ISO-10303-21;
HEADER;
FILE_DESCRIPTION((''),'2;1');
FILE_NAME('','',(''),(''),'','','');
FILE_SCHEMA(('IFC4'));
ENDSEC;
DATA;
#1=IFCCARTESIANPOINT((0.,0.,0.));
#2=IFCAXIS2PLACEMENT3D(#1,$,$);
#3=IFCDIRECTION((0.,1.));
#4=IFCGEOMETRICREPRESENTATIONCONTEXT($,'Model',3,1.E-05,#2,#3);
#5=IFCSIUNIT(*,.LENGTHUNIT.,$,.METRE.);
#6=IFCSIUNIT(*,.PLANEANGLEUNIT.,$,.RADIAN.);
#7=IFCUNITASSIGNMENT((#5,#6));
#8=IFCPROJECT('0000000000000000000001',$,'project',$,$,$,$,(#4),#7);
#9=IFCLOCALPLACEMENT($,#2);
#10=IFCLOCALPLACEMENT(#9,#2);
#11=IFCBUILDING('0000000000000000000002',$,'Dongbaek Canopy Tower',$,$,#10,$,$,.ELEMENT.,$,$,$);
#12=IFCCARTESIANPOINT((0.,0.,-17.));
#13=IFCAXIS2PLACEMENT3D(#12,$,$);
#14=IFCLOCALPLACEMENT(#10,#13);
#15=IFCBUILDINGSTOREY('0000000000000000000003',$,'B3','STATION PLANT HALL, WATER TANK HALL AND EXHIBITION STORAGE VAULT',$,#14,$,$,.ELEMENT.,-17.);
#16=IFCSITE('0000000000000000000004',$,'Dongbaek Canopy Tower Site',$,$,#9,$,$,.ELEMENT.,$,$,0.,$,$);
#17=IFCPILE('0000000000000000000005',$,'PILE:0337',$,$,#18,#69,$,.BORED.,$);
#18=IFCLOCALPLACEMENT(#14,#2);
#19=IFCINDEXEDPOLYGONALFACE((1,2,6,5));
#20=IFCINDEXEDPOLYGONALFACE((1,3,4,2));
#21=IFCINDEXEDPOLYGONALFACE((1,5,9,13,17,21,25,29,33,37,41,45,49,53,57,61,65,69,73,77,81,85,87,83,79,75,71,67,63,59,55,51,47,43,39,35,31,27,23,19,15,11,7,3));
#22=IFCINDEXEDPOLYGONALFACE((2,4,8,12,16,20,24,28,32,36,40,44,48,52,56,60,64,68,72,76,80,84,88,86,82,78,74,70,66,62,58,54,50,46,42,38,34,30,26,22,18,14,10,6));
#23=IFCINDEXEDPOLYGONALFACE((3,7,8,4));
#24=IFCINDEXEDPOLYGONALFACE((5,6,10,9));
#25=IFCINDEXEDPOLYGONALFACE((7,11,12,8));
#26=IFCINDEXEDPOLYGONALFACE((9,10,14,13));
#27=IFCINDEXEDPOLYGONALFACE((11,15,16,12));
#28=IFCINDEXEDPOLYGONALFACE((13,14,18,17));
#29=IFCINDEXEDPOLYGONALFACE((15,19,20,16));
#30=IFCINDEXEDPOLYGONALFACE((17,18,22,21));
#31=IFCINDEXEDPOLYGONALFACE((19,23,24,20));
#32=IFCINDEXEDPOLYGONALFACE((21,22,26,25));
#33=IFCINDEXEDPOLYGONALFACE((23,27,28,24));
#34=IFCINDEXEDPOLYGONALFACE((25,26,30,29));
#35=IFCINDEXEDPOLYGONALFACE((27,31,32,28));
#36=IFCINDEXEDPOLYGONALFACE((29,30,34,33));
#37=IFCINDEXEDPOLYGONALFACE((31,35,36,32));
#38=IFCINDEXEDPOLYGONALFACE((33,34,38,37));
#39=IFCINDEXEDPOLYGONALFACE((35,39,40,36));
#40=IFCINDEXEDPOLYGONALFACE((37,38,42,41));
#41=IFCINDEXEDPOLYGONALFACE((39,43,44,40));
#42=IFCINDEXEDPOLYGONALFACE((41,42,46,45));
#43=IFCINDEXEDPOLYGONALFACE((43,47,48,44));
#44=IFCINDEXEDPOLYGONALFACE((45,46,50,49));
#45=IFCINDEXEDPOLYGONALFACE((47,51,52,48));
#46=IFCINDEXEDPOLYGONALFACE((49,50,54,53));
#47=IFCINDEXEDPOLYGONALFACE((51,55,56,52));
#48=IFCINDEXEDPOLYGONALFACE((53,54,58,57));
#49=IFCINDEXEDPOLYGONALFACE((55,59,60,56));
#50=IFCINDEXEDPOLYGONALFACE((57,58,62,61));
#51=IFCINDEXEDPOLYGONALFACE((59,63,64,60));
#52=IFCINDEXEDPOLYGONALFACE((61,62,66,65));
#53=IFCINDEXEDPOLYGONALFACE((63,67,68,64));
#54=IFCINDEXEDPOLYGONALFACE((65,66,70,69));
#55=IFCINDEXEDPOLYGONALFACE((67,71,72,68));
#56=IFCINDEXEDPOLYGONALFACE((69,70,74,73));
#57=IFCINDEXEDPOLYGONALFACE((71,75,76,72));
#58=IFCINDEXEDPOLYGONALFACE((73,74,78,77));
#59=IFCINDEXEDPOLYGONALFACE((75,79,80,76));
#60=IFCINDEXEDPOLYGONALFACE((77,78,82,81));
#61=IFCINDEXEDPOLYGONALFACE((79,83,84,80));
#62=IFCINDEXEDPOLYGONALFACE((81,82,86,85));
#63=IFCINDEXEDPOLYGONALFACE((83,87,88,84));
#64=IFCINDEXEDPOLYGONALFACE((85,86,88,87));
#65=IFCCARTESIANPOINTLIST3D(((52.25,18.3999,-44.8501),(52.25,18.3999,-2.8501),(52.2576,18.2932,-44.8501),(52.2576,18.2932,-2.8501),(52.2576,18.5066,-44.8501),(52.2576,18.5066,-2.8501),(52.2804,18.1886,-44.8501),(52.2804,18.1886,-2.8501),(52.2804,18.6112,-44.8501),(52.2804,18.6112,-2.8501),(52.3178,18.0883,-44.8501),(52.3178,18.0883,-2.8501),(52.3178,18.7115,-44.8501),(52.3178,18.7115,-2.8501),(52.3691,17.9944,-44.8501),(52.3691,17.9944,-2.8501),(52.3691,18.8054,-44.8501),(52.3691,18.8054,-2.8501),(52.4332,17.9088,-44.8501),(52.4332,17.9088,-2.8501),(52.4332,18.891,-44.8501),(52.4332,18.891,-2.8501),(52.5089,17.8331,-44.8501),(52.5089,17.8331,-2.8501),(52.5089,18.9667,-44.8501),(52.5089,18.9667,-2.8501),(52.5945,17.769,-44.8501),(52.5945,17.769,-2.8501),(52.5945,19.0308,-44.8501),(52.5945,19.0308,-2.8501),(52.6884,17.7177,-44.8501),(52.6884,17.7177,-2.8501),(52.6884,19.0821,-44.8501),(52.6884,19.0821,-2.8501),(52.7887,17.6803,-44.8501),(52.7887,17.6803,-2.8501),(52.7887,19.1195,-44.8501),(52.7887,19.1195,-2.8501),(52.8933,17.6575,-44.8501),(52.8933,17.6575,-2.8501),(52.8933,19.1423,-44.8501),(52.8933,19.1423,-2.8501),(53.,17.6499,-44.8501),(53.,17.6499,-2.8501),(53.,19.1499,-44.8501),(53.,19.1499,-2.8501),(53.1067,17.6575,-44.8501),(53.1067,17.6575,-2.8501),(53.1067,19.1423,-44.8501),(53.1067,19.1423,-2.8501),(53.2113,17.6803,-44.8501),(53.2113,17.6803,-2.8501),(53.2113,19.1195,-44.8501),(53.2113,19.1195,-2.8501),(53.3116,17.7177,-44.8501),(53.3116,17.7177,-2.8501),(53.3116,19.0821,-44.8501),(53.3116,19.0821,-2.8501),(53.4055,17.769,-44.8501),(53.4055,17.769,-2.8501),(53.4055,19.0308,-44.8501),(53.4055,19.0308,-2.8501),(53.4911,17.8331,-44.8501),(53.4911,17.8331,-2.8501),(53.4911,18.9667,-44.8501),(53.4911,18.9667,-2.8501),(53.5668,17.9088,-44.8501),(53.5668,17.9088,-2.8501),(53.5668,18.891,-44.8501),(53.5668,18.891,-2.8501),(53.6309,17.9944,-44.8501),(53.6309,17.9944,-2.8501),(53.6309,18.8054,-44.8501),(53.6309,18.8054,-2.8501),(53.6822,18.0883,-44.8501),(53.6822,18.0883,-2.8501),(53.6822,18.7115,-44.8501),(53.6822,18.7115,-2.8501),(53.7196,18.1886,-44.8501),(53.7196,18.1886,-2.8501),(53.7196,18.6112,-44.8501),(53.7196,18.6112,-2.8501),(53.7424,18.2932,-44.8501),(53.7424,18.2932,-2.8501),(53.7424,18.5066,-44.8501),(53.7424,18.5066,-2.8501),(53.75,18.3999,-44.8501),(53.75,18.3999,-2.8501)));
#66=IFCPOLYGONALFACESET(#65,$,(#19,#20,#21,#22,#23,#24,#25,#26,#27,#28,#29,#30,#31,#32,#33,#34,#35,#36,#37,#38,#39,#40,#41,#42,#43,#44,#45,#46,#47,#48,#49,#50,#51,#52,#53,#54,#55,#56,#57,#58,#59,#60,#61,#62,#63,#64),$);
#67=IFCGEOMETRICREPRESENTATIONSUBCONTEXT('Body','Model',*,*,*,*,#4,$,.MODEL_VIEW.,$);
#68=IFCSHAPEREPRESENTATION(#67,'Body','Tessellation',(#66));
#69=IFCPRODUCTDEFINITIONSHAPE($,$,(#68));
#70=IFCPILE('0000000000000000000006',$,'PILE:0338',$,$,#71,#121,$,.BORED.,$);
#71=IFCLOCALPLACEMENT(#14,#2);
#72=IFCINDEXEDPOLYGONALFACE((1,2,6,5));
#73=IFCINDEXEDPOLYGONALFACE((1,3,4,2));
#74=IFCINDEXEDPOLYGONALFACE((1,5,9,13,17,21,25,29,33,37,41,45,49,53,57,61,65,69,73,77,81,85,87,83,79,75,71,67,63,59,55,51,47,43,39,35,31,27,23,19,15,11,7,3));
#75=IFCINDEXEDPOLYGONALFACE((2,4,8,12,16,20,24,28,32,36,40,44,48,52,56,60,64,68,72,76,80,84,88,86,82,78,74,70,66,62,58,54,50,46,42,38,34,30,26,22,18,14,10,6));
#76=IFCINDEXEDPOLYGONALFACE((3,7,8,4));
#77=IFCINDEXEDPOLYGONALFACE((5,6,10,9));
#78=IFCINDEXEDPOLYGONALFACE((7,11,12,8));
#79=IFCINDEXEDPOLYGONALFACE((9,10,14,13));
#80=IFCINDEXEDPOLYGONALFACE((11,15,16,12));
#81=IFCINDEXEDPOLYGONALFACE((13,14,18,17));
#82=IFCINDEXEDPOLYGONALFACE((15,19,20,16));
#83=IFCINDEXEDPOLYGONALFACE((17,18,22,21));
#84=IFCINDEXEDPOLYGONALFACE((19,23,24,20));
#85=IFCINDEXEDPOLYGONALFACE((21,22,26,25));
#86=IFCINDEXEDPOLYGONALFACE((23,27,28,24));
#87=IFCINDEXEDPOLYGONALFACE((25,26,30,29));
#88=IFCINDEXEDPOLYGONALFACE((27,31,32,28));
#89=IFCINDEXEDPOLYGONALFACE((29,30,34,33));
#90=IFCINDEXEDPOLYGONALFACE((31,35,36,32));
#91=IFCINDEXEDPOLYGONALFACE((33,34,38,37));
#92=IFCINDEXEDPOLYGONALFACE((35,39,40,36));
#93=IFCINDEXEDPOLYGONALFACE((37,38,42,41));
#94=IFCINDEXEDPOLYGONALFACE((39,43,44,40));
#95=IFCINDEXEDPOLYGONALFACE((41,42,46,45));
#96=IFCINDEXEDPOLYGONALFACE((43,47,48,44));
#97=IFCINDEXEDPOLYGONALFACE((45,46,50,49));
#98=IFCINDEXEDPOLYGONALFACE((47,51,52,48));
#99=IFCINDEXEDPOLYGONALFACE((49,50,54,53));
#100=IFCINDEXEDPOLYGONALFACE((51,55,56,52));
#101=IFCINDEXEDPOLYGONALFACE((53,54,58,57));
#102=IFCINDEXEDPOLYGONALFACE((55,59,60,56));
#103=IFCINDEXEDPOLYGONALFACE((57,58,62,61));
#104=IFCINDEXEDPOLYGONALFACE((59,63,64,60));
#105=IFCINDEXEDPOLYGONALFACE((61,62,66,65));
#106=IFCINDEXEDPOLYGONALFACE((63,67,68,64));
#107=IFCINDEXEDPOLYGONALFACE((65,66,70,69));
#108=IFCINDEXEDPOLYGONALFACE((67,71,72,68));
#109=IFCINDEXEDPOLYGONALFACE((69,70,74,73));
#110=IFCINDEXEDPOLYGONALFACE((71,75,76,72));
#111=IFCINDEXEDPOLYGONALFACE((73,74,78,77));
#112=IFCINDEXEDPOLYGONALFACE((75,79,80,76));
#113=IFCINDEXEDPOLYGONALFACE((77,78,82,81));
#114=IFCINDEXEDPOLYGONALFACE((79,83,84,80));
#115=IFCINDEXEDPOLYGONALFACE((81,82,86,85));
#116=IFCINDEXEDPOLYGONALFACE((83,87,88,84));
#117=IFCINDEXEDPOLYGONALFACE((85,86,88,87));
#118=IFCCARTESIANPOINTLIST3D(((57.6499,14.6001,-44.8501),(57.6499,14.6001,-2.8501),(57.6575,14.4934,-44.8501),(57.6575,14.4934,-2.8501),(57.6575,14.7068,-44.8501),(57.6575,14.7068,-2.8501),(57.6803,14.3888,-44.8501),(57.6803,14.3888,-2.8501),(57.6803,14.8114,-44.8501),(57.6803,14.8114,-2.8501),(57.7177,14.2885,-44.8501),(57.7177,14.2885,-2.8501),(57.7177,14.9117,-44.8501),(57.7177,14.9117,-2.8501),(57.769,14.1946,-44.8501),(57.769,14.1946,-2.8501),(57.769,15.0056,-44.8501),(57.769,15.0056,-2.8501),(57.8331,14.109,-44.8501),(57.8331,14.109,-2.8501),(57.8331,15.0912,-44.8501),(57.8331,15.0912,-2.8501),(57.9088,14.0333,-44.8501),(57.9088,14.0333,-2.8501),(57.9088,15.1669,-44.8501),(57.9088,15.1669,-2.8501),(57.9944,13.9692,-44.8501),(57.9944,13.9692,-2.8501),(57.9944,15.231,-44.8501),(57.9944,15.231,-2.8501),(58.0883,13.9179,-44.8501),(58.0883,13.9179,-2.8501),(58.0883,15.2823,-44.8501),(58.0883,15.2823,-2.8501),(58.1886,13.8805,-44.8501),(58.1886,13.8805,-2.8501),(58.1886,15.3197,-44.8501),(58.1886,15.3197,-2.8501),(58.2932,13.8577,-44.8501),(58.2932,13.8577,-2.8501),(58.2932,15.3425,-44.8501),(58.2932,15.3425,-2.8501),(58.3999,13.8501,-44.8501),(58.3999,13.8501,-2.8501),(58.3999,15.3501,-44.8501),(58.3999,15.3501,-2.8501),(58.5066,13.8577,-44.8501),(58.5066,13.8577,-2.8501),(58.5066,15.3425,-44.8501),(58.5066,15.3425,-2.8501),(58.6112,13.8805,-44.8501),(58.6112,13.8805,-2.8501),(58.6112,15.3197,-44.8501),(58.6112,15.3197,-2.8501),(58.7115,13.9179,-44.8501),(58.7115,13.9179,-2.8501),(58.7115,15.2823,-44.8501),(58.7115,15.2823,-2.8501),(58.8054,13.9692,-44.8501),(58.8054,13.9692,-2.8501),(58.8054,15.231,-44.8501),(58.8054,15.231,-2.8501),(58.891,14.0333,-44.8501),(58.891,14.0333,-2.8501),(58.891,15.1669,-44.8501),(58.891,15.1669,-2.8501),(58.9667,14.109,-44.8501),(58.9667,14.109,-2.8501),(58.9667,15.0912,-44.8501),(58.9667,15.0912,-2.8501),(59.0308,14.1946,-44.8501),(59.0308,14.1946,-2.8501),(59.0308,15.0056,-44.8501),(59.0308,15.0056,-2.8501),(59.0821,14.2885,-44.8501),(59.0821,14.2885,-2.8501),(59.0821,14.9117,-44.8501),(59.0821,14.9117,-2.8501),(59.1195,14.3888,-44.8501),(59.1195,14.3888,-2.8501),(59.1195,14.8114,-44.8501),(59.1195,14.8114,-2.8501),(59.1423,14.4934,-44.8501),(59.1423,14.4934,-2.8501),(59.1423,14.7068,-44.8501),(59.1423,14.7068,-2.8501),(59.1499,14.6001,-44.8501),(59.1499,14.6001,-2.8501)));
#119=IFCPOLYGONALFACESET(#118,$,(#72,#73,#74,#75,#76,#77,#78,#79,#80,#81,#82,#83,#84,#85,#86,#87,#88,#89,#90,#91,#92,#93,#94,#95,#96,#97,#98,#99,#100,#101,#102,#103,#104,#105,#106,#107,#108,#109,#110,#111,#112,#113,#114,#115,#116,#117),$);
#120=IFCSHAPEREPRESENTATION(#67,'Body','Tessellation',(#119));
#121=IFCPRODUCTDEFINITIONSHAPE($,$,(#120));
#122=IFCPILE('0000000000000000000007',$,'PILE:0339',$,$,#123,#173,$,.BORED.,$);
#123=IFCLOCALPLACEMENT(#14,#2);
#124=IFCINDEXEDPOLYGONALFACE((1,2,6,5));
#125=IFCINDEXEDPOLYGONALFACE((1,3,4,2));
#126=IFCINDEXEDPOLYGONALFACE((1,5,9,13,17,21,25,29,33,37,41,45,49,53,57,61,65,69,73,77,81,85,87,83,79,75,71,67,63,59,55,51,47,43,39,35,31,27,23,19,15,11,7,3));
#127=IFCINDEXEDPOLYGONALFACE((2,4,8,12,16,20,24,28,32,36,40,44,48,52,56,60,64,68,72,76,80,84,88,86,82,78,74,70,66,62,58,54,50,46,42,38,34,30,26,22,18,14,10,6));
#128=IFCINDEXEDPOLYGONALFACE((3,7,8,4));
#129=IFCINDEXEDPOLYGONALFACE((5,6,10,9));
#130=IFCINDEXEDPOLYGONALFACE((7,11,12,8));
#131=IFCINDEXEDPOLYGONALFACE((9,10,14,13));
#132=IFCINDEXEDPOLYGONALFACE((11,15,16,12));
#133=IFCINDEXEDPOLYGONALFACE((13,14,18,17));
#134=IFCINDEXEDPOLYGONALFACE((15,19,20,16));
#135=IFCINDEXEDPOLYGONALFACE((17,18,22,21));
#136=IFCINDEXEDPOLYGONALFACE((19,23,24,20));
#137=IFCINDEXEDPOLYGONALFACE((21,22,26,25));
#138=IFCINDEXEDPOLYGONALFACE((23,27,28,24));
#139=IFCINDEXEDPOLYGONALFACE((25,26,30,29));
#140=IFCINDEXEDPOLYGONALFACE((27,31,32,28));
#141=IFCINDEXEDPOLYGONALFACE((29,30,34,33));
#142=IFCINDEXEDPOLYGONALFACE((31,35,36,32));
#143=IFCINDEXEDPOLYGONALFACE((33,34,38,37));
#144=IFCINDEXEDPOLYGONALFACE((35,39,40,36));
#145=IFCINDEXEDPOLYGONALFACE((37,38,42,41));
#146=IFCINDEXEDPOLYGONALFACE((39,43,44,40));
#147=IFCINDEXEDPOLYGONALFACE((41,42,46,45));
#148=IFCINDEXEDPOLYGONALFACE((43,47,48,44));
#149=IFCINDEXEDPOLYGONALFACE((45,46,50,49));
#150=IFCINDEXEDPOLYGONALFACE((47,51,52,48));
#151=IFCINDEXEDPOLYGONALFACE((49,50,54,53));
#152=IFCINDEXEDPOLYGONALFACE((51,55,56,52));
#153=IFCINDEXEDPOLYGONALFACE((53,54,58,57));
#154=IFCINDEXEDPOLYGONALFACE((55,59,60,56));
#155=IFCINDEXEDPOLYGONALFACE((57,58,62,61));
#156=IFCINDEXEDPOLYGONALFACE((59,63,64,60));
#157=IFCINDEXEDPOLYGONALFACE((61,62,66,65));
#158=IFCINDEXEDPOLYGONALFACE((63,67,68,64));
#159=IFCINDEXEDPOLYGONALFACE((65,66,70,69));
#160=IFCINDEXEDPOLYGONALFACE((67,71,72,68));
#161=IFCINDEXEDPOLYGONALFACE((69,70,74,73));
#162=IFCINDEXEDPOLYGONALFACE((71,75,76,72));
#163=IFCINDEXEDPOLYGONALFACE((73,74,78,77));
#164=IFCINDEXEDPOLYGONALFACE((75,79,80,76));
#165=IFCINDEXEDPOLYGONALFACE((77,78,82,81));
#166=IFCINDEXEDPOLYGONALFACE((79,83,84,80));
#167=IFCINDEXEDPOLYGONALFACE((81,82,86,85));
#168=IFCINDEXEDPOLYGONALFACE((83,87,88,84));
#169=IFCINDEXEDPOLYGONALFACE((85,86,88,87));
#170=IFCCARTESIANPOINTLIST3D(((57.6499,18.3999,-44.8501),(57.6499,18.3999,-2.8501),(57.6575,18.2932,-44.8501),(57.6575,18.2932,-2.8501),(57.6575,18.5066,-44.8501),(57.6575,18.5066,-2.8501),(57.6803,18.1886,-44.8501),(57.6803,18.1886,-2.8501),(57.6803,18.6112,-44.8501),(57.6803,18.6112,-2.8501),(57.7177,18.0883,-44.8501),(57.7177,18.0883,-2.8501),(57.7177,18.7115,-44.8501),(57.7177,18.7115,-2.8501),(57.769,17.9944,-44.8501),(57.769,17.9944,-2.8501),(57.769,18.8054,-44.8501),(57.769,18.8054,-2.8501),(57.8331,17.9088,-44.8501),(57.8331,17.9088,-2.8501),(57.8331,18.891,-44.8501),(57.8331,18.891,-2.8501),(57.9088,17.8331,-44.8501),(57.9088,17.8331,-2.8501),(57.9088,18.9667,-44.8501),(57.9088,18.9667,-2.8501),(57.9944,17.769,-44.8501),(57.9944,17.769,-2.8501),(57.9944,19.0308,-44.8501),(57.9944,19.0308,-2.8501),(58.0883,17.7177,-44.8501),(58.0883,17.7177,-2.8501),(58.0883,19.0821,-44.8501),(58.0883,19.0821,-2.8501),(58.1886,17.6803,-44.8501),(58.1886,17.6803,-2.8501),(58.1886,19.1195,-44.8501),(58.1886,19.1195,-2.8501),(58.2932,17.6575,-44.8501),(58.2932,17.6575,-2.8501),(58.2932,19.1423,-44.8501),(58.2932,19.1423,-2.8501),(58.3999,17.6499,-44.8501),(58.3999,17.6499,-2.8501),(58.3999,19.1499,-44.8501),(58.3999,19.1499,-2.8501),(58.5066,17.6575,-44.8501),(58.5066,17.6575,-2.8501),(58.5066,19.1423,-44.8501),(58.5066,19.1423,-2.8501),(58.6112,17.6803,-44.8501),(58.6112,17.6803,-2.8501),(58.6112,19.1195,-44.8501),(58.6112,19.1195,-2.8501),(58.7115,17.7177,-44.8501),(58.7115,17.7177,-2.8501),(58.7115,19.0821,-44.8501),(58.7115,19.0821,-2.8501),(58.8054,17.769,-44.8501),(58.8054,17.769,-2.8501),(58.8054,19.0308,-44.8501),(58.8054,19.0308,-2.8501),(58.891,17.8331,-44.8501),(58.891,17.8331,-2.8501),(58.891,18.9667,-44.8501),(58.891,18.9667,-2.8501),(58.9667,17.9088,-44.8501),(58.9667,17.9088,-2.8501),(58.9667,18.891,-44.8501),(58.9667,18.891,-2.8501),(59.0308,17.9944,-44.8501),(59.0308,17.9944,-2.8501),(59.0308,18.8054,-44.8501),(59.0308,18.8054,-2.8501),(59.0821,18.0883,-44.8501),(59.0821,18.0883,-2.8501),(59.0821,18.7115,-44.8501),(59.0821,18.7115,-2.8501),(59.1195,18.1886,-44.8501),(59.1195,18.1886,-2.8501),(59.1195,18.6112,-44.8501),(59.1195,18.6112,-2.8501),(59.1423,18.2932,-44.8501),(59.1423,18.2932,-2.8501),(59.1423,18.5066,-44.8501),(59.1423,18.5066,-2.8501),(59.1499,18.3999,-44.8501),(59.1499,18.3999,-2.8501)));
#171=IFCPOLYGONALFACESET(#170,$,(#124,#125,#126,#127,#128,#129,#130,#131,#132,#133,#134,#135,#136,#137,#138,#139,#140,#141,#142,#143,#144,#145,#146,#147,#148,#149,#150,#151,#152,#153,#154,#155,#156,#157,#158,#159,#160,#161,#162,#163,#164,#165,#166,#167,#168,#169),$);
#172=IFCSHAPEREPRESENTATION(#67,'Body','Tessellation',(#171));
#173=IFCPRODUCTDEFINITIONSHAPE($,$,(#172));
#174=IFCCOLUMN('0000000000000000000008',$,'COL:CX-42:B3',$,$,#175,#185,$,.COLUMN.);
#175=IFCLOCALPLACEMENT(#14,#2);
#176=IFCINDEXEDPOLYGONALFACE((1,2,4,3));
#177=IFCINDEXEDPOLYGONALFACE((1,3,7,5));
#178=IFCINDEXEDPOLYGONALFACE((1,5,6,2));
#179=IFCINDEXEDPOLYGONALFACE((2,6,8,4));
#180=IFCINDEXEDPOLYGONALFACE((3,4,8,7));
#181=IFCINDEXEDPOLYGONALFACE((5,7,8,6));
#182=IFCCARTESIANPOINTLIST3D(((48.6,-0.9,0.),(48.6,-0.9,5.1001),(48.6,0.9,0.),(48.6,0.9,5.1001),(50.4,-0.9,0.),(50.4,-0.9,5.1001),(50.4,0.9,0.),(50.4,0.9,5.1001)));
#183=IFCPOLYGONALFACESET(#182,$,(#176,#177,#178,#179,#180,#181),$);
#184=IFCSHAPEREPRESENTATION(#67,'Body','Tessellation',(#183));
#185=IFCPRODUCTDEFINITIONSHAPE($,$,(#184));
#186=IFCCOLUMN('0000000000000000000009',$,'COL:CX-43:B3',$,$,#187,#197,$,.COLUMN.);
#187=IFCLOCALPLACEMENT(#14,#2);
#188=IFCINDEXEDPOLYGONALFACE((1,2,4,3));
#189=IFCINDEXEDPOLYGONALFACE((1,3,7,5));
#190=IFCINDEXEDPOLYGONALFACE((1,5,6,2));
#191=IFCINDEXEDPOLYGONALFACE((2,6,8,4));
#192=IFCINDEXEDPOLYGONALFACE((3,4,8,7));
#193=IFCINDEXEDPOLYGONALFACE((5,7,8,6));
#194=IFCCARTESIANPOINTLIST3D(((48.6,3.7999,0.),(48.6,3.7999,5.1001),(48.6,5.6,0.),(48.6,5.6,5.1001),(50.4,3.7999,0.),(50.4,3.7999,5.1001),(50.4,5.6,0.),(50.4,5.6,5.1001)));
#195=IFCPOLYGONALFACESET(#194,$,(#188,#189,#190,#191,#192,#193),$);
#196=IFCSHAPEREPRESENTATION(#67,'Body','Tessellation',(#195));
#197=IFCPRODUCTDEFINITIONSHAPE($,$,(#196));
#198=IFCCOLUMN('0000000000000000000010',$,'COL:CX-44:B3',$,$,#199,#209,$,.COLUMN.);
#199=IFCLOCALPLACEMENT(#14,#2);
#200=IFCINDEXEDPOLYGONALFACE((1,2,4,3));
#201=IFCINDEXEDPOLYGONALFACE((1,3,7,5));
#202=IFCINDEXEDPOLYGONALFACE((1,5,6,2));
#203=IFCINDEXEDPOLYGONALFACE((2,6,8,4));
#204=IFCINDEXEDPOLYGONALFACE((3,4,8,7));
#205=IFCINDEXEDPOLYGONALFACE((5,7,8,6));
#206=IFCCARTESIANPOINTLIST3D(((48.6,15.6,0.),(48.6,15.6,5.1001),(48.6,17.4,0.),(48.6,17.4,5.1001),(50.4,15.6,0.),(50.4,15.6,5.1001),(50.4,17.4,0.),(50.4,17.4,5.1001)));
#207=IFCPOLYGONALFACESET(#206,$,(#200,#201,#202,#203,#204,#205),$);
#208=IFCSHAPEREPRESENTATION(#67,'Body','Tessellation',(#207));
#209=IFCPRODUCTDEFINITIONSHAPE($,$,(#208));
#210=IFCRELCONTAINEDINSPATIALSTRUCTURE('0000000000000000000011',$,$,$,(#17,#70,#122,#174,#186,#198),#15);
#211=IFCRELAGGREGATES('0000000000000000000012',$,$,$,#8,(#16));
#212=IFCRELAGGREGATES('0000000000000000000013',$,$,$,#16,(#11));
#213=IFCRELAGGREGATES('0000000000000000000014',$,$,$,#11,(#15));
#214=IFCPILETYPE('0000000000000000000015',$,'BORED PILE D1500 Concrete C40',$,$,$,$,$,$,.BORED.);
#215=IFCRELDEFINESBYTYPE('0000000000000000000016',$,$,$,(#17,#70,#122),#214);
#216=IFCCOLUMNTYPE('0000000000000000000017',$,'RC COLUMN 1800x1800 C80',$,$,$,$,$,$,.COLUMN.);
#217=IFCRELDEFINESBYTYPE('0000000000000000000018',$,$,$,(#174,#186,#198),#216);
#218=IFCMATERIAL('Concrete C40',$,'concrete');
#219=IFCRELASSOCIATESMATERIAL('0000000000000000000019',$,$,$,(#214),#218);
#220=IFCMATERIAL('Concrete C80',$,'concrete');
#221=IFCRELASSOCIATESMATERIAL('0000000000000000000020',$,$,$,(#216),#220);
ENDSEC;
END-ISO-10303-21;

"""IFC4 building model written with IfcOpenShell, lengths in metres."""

from ifc_helpers import new_model, si_unit, direction, frame, origin, origin_2d, place, context, subcontext, project, spatial, rectangle, circle, extrude, material, material_profile, profile_set, type_object, element, save


model = new_model("IFC4")

# Units and contexts
model_context = context("Model", 3, precision=1e-05, world=origin(), true_north=direction((0.0, 1.0)))
body_context = subcontext(model_context, "Body", "Model", "MODEL_VIEW")
ifc_project = project(units=[si_unit("LENGTHUNIT", "METRE"), si_unit("PLANEANGLEUNIT", "RADIAN")], contexts=[model_context])

# Site, building, storey
site_placement = place(None, origin())
site = spatial("IfcSite", under=ifc_project, at=site_placement, Name="Dongbaek Canopy Tower Site", CompositionType="ELEMENT", RefElevation=0.0)
building_placement = place(site_placement, origin())
building = spatial("IfcBuilding", under=site, at=building_placement, Name="Dongbaek Canopy Tower", CompositionType="ELEMENT")
storey_placement = place(building_placement, frame((0.0, 0.0, -17.0)))
storey = spatial("IfcBuildingStorey", under=building, at=storey_placement, Name="B3", Description="STATION PLANT HALL, WATER TANK HALL AND EXHIBITION STORAGE VAULT", CompositionType="ELEMENT", Elevation=-17.0)

# Piles
ifc_material_1 = material(Name="Concrete C40", Category="concrete")
ifc_material_profile_1 = material_profile(ifc_material_1, circle(Radius=0.75, at=origin_2d()), Name="BORED PILE D1500 Concrete C40")
ifc_profile_set_1 = profile_set([ifc_material_profile_1], Name="Concrete C40")
pile_type = type_object("IfcPileType", Name="BORED PILE D1500 Concrete C40", PredefinedType="BORED", material=ifc_profile_set_1)
for number, where, z_axis, x_axis, name in (
    (1, (53.0, 18.3999, -2.8501), (0.0, 0.0, -1.0), (1.0, 0.0, 0.0), "PILE:0337"),
    (2, (58.3999, 14.6001, -2.8501), (0.0, 0.0, -1.0), (1.0, 0.0, 0.0), "PILE:0338"),
    (3, (58.3999, 18.3999, -2.8501), (0.0, 0.0, -1.0), (1.0, 0.0, 0.0), "PILE:0339"),
):
    element("IfcPile", number, at=place(storey_placement, frame(where, z_axis=z_axis, x_axis=x_axis)), inside=storey, type_object=pile_type, Name=name, PredefinedType="BORED", context=body_context, shape_type="SweptSolid", body=[
        extrude(circle(Radius=0.75, at=origin_2d()), origin(), (0.0, 0.0, 1.0), 42.0),
    ])

# Columns
ifc_material_2 = material(Name="Concrete C80", Category="concrete")
ifc_material_profile_2 = material_profile(ifc_material_2, rectangle(XDim=1.8, YDim=1.8, at=origin_2d()), Name="RC COLUMN 1800x1800 C80")
ifc_profile_set_2 = profile_set([ifc_material_profile_2], Name="Concrete C80")
column_type = type_object("IfcColumnType", Name="RC COLUMN 1800x1800 C80", PredefinedType="COLUMN", material=ifc_profile_set_2)
for number, where, z_axis, x_axis, name in (
    (4, (49.5, 0.0, 0.0), (0.0, 0.0, 1.0), (1.0, 0.0, 0.0), "COL:CX-42:B3"),
    (5, (49.5, 4.7, 0.0), (0.0, 0.0, 1.0), (1.0, 0.0, 0.0), "COL:CX-43:B3"),
    (6, (49.5, 16.5, 0.0), (0.0, 0.0, 1.0), (1.0, 0.0, 0.0), "COL:CX-44:B3"),
):
    element("IfcColumn", number, at=place(storey_placement, frame(where, z_axis=z_axis, x_axis=x_axis)), inside=storey, type_object=column_type, Name=name, PredefinedType="COLUMN", context=body_context, shape_type="SweptSolid", body=[
        extrude(rectangle(XDim=1.8, YDim=1.8, at=origin_2d()), origin(), (0.0, 0.0, 1.0), 5.1001),
    ])

save(model, "model.ifc")
